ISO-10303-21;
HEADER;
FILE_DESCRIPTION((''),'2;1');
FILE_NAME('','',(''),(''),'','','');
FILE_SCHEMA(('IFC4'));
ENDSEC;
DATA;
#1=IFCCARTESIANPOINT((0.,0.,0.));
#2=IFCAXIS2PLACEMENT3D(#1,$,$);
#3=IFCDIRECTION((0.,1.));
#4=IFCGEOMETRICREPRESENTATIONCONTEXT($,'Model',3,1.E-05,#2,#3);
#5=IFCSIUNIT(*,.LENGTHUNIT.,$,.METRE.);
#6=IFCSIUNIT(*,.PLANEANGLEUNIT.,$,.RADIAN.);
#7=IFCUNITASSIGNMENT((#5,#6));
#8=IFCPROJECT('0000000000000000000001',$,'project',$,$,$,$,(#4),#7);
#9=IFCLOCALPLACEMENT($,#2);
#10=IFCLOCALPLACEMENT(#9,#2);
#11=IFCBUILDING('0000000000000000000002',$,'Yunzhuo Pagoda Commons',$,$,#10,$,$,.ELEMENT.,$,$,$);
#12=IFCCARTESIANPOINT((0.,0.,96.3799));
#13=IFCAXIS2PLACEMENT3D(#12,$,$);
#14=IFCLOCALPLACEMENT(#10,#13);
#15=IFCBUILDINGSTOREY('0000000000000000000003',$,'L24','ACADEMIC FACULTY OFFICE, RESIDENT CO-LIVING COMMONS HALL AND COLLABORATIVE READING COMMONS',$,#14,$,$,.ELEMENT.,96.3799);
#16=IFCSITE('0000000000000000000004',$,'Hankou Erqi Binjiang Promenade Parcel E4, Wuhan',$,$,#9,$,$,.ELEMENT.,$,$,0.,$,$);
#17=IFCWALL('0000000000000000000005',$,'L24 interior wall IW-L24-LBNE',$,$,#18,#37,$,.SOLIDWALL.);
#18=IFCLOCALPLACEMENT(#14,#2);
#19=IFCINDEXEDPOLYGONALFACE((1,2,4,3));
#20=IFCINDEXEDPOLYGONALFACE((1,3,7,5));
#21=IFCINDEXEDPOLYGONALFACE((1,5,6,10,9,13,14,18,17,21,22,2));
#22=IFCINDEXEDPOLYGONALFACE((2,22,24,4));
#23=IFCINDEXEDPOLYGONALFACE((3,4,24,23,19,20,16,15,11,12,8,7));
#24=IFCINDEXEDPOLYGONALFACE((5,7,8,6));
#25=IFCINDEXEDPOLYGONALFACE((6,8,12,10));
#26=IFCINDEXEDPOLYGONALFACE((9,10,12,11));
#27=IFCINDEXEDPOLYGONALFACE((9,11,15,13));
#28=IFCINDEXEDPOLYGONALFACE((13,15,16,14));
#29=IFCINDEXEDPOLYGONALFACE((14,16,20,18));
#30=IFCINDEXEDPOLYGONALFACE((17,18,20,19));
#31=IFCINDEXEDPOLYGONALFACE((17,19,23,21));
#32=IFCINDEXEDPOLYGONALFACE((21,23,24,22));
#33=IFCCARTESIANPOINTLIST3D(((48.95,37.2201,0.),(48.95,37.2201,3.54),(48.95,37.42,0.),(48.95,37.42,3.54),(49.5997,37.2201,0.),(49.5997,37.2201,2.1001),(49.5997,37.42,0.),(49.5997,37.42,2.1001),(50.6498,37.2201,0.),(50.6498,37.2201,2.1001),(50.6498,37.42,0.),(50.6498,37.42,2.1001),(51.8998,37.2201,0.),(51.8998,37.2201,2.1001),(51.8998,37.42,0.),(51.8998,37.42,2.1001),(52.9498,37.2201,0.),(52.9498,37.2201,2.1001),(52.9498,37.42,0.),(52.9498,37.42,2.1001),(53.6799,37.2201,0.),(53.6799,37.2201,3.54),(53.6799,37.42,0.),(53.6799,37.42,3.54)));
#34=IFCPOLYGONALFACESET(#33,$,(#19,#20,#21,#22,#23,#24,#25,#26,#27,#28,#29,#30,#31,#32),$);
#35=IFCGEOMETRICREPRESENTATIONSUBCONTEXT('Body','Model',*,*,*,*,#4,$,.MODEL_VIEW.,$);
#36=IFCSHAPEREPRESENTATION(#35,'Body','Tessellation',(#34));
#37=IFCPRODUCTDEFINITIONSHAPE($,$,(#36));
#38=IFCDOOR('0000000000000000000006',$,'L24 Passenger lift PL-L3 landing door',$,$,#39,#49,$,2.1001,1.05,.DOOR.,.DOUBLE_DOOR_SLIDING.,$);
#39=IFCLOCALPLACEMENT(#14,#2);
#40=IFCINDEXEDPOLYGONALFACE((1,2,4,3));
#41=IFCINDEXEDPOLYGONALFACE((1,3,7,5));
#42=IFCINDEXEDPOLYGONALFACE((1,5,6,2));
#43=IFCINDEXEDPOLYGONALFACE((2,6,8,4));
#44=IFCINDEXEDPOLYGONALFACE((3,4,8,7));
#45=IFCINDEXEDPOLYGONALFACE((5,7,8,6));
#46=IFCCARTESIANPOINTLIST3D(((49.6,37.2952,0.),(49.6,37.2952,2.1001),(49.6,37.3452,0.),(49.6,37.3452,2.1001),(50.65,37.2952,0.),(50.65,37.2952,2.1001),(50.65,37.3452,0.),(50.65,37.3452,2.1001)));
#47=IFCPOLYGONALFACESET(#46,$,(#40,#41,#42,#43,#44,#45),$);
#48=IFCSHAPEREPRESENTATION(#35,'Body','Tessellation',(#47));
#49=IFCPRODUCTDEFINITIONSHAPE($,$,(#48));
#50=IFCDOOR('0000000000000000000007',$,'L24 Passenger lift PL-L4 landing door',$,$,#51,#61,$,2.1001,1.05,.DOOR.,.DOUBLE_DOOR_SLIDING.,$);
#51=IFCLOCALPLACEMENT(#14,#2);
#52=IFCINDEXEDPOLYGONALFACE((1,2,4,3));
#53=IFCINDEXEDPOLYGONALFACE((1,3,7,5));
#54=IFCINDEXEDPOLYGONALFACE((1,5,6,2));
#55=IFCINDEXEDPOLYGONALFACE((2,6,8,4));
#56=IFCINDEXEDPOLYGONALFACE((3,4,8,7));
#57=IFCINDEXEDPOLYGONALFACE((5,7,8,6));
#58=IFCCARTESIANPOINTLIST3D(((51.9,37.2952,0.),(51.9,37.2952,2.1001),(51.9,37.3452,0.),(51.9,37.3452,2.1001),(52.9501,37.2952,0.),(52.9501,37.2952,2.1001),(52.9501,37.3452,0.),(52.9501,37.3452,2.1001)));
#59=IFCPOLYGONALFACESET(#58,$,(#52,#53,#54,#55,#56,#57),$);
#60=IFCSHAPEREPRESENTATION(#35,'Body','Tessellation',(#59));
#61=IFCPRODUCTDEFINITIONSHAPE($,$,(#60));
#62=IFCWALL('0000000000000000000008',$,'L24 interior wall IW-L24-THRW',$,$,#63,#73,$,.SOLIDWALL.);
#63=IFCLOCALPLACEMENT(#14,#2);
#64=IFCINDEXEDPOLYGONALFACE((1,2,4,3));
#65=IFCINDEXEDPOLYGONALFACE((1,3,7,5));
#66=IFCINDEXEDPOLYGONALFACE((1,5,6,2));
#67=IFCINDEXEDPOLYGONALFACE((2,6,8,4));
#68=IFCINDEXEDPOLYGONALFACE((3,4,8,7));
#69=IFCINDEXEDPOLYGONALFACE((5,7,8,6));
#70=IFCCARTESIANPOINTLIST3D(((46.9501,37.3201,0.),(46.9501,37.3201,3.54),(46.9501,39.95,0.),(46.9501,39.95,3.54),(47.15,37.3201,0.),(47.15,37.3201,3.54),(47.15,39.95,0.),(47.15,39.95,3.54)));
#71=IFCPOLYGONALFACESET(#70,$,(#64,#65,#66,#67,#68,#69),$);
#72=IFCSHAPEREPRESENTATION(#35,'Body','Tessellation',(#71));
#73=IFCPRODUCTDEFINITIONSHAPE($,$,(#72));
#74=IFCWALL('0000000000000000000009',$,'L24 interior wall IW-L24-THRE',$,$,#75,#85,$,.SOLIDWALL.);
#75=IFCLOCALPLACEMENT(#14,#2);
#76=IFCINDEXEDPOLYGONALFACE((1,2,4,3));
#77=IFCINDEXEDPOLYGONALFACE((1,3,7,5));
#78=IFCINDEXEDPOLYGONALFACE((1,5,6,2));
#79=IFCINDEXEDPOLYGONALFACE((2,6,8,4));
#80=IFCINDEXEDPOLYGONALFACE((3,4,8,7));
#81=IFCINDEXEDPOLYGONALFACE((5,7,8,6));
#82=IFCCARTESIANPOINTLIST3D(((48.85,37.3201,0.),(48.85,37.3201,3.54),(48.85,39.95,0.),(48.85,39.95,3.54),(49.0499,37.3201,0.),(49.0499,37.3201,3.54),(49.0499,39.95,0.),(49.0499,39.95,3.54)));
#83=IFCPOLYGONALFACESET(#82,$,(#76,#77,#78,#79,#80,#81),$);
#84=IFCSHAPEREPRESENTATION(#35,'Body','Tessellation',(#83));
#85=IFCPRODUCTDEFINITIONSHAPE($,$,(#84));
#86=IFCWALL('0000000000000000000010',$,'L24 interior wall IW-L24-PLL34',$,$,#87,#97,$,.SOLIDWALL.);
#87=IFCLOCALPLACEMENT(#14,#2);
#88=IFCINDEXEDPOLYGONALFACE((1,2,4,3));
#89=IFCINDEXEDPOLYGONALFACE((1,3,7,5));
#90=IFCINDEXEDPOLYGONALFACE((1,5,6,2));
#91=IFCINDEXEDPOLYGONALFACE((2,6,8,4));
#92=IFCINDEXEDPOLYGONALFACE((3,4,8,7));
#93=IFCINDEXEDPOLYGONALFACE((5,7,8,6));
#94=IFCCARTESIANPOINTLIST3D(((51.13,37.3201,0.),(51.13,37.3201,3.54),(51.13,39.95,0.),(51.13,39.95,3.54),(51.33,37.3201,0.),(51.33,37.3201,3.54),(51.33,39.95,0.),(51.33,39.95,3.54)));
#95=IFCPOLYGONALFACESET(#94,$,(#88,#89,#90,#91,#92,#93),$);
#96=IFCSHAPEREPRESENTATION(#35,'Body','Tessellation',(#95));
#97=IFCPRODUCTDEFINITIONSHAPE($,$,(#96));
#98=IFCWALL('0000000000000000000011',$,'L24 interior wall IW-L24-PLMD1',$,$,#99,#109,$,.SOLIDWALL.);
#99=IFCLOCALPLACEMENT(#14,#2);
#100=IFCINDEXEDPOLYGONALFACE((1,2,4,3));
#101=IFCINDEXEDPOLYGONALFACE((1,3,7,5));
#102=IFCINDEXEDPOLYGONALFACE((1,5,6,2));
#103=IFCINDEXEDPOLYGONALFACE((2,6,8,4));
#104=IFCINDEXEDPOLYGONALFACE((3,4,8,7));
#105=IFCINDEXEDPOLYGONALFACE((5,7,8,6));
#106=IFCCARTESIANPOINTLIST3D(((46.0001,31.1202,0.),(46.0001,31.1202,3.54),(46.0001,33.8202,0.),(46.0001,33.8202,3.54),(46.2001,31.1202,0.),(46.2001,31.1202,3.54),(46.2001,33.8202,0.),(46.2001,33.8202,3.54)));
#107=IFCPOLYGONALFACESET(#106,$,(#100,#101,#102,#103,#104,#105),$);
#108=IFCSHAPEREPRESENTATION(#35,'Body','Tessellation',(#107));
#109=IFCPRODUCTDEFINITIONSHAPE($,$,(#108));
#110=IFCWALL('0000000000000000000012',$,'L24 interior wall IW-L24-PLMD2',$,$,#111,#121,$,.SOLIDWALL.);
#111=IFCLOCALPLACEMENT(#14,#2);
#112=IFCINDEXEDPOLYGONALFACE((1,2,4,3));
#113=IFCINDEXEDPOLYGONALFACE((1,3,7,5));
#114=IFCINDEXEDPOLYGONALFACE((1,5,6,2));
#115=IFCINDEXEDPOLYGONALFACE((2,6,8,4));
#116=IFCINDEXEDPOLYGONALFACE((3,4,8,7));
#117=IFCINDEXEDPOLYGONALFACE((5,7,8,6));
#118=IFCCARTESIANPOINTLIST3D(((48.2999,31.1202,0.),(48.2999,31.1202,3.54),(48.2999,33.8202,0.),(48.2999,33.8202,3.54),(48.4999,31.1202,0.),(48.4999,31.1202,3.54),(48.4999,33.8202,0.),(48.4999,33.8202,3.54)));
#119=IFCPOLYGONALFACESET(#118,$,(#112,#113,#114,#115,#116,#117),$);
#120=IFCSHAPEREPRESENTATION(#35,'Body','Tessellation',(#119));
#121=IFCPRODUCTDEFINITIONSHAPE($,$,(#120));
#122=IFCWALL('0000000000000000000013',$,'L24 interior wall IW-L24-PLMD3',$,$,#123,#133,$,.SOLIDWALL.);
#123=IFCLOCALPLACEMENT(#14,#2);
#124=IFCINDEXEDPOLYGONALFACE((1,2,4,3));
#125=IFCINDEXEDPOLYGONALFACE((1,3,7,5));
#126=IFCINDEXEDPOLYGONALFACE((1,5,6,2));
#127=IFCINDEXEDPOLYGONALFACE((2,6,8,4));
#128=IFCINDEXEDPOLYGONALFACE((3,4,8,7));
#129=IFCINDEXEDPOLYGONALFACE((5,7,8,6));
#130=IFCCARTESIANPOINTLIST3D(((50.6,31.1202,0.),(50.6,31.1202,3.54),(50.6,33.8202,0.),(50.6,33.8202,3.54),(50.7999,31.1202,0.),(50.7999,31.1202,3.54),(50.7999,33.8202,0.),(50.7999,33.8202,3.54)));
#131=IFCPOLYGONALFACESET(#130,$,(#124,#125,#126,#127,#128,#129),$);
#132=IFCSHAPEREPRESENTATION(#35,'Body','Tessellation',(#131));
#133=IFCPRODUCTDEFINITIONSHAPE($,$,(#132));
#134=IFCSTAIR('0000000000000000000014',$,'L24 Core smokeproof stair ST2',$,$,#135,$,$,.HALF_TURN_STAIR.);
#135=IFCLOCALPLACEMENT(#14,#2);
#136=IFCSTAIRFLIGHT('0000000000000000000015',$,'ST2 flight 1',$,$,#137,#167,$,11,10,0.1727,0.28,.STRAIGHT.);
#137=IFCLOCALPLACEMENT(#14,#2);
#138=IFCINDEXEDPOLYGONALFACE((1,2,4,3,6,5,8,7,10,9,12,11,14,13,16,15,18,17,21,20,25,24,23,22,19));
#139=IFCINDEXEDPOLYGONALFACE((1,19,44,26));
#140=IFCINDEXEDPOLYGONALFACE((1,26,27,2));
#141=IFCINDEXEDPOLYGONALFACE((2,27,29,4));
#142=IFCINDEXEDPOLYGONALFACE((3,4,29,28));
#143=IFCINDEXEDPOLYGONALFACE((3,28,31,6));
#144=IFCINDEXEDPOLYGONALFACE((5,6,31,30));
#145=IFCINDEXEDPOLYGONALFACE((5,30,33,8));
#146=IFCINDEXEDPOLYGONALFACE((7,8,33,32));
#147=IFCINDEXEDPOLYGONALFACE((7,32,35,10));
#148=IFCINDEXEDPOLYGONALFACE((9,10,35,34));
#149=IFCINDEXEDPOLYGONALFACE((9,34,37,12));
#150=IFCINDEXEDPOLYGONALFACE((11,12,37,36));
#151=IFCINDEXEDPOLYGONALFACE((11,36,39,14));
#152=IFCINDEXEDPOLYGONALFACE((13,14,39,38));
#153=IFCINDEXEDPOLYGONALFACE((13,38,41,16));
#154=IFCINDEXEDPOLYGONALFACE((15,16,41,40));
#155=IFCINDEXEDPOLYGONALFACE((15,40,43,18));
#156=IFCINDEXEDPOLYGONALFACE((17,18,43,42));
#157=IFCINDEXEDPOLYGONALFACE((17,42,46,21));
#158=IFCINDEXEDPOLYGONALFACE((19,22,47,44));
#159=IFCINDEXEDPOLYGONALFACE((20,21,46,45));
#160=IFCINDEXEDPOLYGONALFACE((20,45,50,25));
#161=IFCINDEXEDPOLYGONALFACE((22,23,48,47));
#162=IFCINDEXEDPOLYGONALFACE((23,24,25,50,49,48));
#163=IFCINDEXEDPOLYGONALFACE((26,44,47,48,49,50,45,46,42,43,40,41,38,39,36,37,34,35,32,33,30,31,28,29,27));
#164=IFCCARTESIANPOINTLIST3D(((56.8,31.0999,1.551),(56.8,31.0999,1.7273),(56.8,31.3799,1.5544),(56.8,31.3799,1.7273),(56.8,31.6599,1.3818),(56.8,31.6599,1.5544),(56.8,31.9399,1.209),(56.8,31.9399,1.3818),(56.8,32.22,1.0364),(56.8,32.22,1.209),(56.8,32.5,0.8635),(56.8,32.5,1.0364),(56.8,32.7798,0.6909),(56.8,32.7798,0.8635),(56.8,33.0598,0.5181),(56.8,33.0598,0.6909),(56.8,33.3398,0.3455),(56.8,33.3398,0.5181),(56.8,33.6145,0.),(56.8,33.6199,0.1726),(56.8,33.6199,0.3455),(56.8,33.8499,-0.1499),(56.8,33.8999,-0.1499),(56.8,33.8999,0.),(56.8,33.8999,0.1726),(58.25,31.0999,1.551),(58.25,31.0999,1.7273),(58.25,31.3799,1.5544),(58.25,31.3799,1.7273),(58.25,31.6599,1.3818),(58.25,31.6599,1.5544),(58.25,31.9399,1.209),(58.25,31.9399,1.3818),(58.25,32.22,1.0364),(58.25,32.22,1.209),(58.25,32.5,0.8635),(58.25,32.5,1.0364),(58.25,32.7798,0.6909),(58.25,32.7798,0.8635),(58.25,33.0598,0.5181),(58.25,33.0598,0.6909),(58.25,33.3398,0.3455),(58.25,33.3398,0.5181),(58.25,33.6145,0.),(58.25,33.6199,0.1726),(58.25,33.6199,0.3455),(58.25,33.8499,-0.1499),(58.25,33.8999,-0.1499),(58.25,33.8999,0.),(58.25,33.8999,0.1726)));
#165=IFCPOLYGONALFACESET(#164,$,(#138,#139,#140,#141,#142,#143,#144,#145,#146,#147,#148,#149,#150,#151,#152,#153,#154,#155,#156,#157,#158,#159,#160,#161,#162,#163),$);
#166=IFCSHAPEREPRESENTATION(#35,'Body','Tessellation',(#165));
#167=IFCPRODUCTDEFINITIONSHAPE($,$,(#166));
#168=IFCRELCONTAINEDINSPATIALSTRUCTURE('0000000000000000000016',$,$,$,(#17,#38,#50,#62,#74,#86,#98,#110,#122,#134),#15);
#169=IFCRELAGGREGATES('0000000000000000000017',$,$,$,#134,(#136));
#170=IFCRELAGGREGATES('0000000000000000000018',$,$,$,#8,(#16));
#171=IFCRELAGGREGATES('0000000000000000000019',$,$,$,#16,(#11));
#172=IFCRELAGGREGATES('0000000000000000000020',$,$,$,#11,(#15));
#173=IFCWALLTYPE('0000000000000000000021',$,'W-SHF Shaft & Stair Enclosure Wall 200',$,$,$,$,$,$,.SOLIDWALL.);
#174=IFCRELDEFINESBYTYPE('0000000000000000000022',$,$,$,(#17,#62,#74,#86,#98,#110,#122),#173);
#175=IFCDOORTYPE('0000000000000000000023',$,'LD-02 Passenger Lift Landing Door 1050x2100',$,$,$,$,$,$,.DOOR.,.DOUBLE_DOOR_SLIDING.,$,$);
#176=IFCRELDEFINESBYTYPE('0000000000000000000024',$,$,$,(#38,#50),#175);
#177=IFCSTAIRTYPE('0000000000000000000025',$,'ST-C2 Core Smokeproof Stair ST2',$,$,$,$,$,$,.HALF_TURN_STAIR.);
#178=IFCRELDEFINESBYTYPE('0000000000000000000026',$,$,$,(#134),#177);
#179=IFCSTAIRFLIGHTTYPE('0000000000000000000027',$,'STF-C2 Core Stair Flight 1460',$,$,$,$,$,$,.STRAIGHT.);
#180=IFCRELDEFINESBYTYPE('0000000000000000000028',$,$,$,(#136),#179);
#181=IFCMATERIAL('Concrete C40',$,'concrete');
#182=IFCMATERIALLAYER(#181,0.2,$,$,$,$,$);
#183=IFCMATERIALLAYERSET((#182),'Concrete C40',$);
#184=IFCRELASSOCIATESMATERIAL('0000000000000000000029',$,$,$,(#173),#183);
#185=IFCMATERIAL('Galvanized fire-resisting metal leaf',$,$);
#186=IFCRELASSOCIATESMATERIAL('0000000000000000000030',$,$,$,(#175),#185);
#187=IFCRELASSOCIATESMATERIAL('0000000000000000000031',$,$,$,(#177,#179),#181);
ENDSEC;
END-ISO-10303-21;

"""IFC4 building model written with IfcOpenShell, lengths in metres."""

from ifc_helpers import new_model, si_unit, direction, frame, frame_2d, origin, place, context, subcontext, project, spatial, polyline, rectangle, outline, extrude, source, transform, mapped, material, layer, layer_set, type_object, element, fill, aggregate, save


model = new_model("IFC4")

# Units and contexts
model_context = context("Model", 3, precision=1e-05, world=origin(), true_north=direction((0.0, 1.0)))
body_context = subcontext(model_context, "Body", "Model", "MODEL_VIEW")
ifc_project = project(units=[si_unit("LENGTHUNIT", "METRE"), si_unit("PLANEANGLEUNIT", "RADIAN")], contexts=[model_context])

# Site, building, storey
site_placement = place(None, origin())
site = spatial("IfcSite", under=ifc_project, at=site_placement, Name="Hankou Erqi Binjiang Promenade Parcel E4, Wuhan", CompositionType="ELEMENT", RefElevation=0.0)
building_placement = place(site_placement, origin())
building = spatial("IfcBuilding", under=site, at=building_placement, Name="Yunzhuo Pagoda Commons", CompositionType="ELEMENT")
storey_placement = place(building_placement, frame((0.0, 0.0, 96.3799)))
storey = spatial("IfcBuildingStorey", under=building, at=storey_placement, Name="L24", Description="ACADEMIC FACULTY OFFICE, RESIDENT CO-LIVING COMMONS HALL AND COLLABORATIVE READING COMMONS", CompositionType="ELEMENT", Elevation=96.3799)

# Shared definitions
ifc_material_1 = material(Name="Galvanized fire-resisting metal leaf")
shared_shape_1 = source(origin(), body_context, "Body", "SweptSolid", [
    extrude(rectangle(XDim=1.05, YDim=2.1001, at=frame_2d((0.5249, 1.05))), frame((0.0, 0.0249, 0.0), z_axis=(0.0, -1.0, 0.0), x_axis=(1.0, 0.0, 0.0)), (0.0, 0.0, 1.0), 0.05),
])

# Shared definitions
ifc_material_2 = material(Name="Concrete C40", Category="concrete")
ifc_layer_1 = layer(ifc_material_2, 0.2)
ifc_layer_set_1 = layer_set([ifc_layer_1], Name="Concrete C40")
wall_type_1 = type_object("IfcWallType", Name="W-SHF Shaft & Stair Enclosure Wall 200", PredefinedType="SOLIDWALL", material=ifc_layer_set_1)

# Wall, openings, doors
wall_1_placement = place(storey_placement, frame((48.95, 37.3201, 0.0), z_axis=(0.0, 0.0, 1.0), x_axis=(1.0, 0.0, 0.0)))
wall_1 = element("IfcWall", 1, at=wall_1_placement, inside=storey, type_object=wall_type_1, Name="L24 interior wall IW-L24-LBNE", PredefinedType="SOLIDWALL", context=body_context, shape_type="SweptSolid", body=[
    extrude(rectangle(XDim=4.73, YDim=0.2, at=frame_2d((2.365, 0.0))), origin(), (0.0, 0.0, 1.0), 3.54),
])
opening_1_placement = place(wall_1_placement, frame((0.6499, 0.0, 0.0)))
opening_1 = element("IfcOpeningElement", 2, at=opening_1_placement, cuts=wall_1, PredefinedType="OPENING", context=body_context, shape_type="SweptSolid", body=[
    extrude(rectangle(XDim=1.05, YDim=2.1001, at=frame_2d((0.5249, 1.05))), frame((0.0, 0.1099, 0.0), z_axis=(0.0, -1.0, 0.0), x_axis=(1.0, 0.0, 0.0)), (0.0, 0.0, 1.0), 0.22),
])
opening_2_placement = place(wall_1_placement, frame((2.95, 0.0, 0.0)))
opening_2 = element("IfcOpeningElement", 3, at=opening_2_placement, cuts=wall_1, PredefinedType="OPENING", context=body_context, shape_type="SweptSolid", body=[
    extrude(rectangle(XDim=1.05, YDim=2.1001, at=frame_2d((0.5249, 1.05))), frame((0.0, 0.1099, 0.0), z_axis=(0.0, -1.0, 0.0), x_axis=(1.0, 0.0, 0.0)), (0.0, 0.0, 1.0), 0.22),
])
door_type_1 = type_object("IfcDoorType", Name="LD-02 Passenger Lift Landing Door 1050x2100", OperationType="DOUBLE_DOOR_SLIDING", PredefinedType="DOOR", material=ifc_material_1)
door_1_placement = place(opening_1_placement, frame((1.05, 0.0, 0.0), z_axis=(0.0, 0.0, 1.0), x_axis=(-1.0, 0.0, 0.0)))
door_1 = element("IfcDoor", 4, at=door_1_placement, inside=storey, type_object=door_type_1, Name="L24 Passenger lift PL-L3 landing door", OperationType="DOUBLE_DOOR_SLIDING", OverallHeight=2.1001, OverallWidth=1.05, PredefinedType="DOOR", context=body_context, shape_type="MappedRepresentation", body=[
    mapped(shared_shape_1, transform((0.0, 0.0, 0.0), scale=1.0)),
])
fill(opening_1, door_1)
door_2_placement = place(opening_2_placement, frame((1.05, 0.0, 0.0), z_axis=(0.0, 0.0, 1.0), x_axis=(-1.0, 0.0, 0.0)))
door_2 = element("IfcDoor", 5, at=door_2_placement, inside=storey, type_object=door_type_1, Name="L24 Passenger lift PL-L4 landing door", OperationType="DOUBLE_DOOR_SLIDING", OverallHeight=2.1001, OverallWidth=1.05, PredefinedType="DOOR", context=body_context, shape_type="MappedRepresentation", body=[
    mapped(shared_shape_1, transform((0.0, 0.0, 0.0), scale=1.0)),
])
fill(opening_2, door_2)

# Walls
for number, where, z_axis, x_axis, name in (
    (6, (47.05, 37.3201, 0.0), (0.0, 0.0, 1.0), (0.0, 1.0, 0.0), "L24 interior wall IW-L24-THRW"),
    (7, (48.95, 37.3201, 0.0), (0.0, 0.0, 1.0), (0.0, 1.0, 0.0), "L24 interior wall IW-L24-THRE"),
    (8, (51.23, 37.3201, 0.0), (0.0, 0.0, 1.0), (0.0, 1.0, 0.0), "L24 interior wall IW-L24-PLL34"),
):
    element("IfcWall", number, at=place(storey_placement, frame(where, z_axis=z_axis, x_axis=x_axis)), inside=storey, type_object=wall_type_1, Name=name, PredefinedType="SOLIDWALL", context=body_context, shape_type="SweptSolid", body=[
        extrude(rectangle(XDim=2.6299, YDim=0.2, at=frame_2d((1.3149, 0.0))), origin(), (0.0, 0.0, 1.0), 3.54),
    ])
for number, where, z_axis, x_axis, name in (
    (9, (46.1001, 31.1201, 0.0), (0.0, 0.0, 1.0), (0.0, 1.0, 0.0), "L24 interior wall IW-L24-PLMD1"),
    (10, (48.3999, 31.1201, 0.0), (0.0, 0.0, 1.0), (0.0, 1.0, 0.0), "L24 interior wall IW-L24-PLMD2"),
    (11, (50.7, 31.1201, 0.0), (0.0, 0.0, 1.0), (0.0, 1.0, 0.0), "L24 interior wall IW-L24-PLMD3"),
):
    element("IfcWall", number, at=place(storey_placement, frame(where, z_axis=z_axis, x_axis=x_axis)), inside=storey, type_object=wall_type_1, Name=name, PredefinedType="SOLIDWALL", context=body_context, shape_type="SweptSolid", body=[
        extrude(rectangle(XDim=2.7, YDim=0.2, at=frame_2d((1.3501, 0.0))), origin(), (0.0, 0.0, 1.0), 3.54),
    ])

# Stair, stair flight
stair_type = type_object("IfcStairType", Name="ST-C2 Core Smokeproof Stair ST2", PredefinedType="HALF_TURN_STAIR", material=ifc_material_2)
stair_placement = place(storey_placement, origin())
stair = element("IfcStair", 12, at=stair_placement, inside=storey, type_object=stair_type, Name="L24 Core smokeproof stair ST2", PredefinedType="HALF_TURN_STAIR")
stair_flight_type = type_object("IfcStairFlightType", Name="STF-C2 Core Stair Flight 1460", PredefinedType="STRAIGHT", material=ifc_material_2)
shared_shape_2 = source(origin(), body_context, "Body", "SweptSolid", [
    extrude(outline(polyline([(0.0, -0.1499), (0.0, 0.0), (0.0, 0.1726), (0.28, 0.1726), (0.28, 0.3455), (0.5601, 0.3455), (0.5601, 0.5181), (0.8401, 0.5181), (0.8401, 0.6909), (1.1201, 0.6909), (1.1201, 0.8635), (1.3999, 0.8635), (1.3999, 1.0364), (1.6799, 1.0364), (1.6799, 1.209), (1.96, 1.209), (1.96, 1.3818), (2.24, 1.3818), (2.24, 1.5544), (2.52, 1.5544), (2.52, 1.7273), (2.8, 1.7273), (2.8, 1.8999), (2.8, 1.551), (0.2854, 0.0), (0.05, -0.1499), (0.0, -0.1499)])), frame((0.0, 0.7251, 0.0), z_axis=(0.0, -1.0, 0.0), x_axis=(1.0, 0.0, 0.0)), (0.0, 0.0, 1.0), 1.45),
])
stair_flight_1_placement = place(storey_placement, frame((57.5249, 33.8999, 0.0), z_axis=(0.0, 0.0, 1.0), x_axis=(0.0, -1.0, 0.0)))
stair_flight_1 = element("IfcStairFlight", 13, at=stair_flight_1_placement, type_object=stair_flight_type, Name="ST2 flight 1", NumberOfRisers=11, NumberOfTreads=10, PredefinedType="STRAIGHT", RiserHeight=0.1727, TreadLength=0.28, context=body_context, shape_type="MappedRepresentation", body=[
    mapped(shared_shape_2, transform((0.0, 0.0, 0.0), scale=1.0)),
])
aggregate(stair, [stair_flight_1])

save(model, "model.ifc")
